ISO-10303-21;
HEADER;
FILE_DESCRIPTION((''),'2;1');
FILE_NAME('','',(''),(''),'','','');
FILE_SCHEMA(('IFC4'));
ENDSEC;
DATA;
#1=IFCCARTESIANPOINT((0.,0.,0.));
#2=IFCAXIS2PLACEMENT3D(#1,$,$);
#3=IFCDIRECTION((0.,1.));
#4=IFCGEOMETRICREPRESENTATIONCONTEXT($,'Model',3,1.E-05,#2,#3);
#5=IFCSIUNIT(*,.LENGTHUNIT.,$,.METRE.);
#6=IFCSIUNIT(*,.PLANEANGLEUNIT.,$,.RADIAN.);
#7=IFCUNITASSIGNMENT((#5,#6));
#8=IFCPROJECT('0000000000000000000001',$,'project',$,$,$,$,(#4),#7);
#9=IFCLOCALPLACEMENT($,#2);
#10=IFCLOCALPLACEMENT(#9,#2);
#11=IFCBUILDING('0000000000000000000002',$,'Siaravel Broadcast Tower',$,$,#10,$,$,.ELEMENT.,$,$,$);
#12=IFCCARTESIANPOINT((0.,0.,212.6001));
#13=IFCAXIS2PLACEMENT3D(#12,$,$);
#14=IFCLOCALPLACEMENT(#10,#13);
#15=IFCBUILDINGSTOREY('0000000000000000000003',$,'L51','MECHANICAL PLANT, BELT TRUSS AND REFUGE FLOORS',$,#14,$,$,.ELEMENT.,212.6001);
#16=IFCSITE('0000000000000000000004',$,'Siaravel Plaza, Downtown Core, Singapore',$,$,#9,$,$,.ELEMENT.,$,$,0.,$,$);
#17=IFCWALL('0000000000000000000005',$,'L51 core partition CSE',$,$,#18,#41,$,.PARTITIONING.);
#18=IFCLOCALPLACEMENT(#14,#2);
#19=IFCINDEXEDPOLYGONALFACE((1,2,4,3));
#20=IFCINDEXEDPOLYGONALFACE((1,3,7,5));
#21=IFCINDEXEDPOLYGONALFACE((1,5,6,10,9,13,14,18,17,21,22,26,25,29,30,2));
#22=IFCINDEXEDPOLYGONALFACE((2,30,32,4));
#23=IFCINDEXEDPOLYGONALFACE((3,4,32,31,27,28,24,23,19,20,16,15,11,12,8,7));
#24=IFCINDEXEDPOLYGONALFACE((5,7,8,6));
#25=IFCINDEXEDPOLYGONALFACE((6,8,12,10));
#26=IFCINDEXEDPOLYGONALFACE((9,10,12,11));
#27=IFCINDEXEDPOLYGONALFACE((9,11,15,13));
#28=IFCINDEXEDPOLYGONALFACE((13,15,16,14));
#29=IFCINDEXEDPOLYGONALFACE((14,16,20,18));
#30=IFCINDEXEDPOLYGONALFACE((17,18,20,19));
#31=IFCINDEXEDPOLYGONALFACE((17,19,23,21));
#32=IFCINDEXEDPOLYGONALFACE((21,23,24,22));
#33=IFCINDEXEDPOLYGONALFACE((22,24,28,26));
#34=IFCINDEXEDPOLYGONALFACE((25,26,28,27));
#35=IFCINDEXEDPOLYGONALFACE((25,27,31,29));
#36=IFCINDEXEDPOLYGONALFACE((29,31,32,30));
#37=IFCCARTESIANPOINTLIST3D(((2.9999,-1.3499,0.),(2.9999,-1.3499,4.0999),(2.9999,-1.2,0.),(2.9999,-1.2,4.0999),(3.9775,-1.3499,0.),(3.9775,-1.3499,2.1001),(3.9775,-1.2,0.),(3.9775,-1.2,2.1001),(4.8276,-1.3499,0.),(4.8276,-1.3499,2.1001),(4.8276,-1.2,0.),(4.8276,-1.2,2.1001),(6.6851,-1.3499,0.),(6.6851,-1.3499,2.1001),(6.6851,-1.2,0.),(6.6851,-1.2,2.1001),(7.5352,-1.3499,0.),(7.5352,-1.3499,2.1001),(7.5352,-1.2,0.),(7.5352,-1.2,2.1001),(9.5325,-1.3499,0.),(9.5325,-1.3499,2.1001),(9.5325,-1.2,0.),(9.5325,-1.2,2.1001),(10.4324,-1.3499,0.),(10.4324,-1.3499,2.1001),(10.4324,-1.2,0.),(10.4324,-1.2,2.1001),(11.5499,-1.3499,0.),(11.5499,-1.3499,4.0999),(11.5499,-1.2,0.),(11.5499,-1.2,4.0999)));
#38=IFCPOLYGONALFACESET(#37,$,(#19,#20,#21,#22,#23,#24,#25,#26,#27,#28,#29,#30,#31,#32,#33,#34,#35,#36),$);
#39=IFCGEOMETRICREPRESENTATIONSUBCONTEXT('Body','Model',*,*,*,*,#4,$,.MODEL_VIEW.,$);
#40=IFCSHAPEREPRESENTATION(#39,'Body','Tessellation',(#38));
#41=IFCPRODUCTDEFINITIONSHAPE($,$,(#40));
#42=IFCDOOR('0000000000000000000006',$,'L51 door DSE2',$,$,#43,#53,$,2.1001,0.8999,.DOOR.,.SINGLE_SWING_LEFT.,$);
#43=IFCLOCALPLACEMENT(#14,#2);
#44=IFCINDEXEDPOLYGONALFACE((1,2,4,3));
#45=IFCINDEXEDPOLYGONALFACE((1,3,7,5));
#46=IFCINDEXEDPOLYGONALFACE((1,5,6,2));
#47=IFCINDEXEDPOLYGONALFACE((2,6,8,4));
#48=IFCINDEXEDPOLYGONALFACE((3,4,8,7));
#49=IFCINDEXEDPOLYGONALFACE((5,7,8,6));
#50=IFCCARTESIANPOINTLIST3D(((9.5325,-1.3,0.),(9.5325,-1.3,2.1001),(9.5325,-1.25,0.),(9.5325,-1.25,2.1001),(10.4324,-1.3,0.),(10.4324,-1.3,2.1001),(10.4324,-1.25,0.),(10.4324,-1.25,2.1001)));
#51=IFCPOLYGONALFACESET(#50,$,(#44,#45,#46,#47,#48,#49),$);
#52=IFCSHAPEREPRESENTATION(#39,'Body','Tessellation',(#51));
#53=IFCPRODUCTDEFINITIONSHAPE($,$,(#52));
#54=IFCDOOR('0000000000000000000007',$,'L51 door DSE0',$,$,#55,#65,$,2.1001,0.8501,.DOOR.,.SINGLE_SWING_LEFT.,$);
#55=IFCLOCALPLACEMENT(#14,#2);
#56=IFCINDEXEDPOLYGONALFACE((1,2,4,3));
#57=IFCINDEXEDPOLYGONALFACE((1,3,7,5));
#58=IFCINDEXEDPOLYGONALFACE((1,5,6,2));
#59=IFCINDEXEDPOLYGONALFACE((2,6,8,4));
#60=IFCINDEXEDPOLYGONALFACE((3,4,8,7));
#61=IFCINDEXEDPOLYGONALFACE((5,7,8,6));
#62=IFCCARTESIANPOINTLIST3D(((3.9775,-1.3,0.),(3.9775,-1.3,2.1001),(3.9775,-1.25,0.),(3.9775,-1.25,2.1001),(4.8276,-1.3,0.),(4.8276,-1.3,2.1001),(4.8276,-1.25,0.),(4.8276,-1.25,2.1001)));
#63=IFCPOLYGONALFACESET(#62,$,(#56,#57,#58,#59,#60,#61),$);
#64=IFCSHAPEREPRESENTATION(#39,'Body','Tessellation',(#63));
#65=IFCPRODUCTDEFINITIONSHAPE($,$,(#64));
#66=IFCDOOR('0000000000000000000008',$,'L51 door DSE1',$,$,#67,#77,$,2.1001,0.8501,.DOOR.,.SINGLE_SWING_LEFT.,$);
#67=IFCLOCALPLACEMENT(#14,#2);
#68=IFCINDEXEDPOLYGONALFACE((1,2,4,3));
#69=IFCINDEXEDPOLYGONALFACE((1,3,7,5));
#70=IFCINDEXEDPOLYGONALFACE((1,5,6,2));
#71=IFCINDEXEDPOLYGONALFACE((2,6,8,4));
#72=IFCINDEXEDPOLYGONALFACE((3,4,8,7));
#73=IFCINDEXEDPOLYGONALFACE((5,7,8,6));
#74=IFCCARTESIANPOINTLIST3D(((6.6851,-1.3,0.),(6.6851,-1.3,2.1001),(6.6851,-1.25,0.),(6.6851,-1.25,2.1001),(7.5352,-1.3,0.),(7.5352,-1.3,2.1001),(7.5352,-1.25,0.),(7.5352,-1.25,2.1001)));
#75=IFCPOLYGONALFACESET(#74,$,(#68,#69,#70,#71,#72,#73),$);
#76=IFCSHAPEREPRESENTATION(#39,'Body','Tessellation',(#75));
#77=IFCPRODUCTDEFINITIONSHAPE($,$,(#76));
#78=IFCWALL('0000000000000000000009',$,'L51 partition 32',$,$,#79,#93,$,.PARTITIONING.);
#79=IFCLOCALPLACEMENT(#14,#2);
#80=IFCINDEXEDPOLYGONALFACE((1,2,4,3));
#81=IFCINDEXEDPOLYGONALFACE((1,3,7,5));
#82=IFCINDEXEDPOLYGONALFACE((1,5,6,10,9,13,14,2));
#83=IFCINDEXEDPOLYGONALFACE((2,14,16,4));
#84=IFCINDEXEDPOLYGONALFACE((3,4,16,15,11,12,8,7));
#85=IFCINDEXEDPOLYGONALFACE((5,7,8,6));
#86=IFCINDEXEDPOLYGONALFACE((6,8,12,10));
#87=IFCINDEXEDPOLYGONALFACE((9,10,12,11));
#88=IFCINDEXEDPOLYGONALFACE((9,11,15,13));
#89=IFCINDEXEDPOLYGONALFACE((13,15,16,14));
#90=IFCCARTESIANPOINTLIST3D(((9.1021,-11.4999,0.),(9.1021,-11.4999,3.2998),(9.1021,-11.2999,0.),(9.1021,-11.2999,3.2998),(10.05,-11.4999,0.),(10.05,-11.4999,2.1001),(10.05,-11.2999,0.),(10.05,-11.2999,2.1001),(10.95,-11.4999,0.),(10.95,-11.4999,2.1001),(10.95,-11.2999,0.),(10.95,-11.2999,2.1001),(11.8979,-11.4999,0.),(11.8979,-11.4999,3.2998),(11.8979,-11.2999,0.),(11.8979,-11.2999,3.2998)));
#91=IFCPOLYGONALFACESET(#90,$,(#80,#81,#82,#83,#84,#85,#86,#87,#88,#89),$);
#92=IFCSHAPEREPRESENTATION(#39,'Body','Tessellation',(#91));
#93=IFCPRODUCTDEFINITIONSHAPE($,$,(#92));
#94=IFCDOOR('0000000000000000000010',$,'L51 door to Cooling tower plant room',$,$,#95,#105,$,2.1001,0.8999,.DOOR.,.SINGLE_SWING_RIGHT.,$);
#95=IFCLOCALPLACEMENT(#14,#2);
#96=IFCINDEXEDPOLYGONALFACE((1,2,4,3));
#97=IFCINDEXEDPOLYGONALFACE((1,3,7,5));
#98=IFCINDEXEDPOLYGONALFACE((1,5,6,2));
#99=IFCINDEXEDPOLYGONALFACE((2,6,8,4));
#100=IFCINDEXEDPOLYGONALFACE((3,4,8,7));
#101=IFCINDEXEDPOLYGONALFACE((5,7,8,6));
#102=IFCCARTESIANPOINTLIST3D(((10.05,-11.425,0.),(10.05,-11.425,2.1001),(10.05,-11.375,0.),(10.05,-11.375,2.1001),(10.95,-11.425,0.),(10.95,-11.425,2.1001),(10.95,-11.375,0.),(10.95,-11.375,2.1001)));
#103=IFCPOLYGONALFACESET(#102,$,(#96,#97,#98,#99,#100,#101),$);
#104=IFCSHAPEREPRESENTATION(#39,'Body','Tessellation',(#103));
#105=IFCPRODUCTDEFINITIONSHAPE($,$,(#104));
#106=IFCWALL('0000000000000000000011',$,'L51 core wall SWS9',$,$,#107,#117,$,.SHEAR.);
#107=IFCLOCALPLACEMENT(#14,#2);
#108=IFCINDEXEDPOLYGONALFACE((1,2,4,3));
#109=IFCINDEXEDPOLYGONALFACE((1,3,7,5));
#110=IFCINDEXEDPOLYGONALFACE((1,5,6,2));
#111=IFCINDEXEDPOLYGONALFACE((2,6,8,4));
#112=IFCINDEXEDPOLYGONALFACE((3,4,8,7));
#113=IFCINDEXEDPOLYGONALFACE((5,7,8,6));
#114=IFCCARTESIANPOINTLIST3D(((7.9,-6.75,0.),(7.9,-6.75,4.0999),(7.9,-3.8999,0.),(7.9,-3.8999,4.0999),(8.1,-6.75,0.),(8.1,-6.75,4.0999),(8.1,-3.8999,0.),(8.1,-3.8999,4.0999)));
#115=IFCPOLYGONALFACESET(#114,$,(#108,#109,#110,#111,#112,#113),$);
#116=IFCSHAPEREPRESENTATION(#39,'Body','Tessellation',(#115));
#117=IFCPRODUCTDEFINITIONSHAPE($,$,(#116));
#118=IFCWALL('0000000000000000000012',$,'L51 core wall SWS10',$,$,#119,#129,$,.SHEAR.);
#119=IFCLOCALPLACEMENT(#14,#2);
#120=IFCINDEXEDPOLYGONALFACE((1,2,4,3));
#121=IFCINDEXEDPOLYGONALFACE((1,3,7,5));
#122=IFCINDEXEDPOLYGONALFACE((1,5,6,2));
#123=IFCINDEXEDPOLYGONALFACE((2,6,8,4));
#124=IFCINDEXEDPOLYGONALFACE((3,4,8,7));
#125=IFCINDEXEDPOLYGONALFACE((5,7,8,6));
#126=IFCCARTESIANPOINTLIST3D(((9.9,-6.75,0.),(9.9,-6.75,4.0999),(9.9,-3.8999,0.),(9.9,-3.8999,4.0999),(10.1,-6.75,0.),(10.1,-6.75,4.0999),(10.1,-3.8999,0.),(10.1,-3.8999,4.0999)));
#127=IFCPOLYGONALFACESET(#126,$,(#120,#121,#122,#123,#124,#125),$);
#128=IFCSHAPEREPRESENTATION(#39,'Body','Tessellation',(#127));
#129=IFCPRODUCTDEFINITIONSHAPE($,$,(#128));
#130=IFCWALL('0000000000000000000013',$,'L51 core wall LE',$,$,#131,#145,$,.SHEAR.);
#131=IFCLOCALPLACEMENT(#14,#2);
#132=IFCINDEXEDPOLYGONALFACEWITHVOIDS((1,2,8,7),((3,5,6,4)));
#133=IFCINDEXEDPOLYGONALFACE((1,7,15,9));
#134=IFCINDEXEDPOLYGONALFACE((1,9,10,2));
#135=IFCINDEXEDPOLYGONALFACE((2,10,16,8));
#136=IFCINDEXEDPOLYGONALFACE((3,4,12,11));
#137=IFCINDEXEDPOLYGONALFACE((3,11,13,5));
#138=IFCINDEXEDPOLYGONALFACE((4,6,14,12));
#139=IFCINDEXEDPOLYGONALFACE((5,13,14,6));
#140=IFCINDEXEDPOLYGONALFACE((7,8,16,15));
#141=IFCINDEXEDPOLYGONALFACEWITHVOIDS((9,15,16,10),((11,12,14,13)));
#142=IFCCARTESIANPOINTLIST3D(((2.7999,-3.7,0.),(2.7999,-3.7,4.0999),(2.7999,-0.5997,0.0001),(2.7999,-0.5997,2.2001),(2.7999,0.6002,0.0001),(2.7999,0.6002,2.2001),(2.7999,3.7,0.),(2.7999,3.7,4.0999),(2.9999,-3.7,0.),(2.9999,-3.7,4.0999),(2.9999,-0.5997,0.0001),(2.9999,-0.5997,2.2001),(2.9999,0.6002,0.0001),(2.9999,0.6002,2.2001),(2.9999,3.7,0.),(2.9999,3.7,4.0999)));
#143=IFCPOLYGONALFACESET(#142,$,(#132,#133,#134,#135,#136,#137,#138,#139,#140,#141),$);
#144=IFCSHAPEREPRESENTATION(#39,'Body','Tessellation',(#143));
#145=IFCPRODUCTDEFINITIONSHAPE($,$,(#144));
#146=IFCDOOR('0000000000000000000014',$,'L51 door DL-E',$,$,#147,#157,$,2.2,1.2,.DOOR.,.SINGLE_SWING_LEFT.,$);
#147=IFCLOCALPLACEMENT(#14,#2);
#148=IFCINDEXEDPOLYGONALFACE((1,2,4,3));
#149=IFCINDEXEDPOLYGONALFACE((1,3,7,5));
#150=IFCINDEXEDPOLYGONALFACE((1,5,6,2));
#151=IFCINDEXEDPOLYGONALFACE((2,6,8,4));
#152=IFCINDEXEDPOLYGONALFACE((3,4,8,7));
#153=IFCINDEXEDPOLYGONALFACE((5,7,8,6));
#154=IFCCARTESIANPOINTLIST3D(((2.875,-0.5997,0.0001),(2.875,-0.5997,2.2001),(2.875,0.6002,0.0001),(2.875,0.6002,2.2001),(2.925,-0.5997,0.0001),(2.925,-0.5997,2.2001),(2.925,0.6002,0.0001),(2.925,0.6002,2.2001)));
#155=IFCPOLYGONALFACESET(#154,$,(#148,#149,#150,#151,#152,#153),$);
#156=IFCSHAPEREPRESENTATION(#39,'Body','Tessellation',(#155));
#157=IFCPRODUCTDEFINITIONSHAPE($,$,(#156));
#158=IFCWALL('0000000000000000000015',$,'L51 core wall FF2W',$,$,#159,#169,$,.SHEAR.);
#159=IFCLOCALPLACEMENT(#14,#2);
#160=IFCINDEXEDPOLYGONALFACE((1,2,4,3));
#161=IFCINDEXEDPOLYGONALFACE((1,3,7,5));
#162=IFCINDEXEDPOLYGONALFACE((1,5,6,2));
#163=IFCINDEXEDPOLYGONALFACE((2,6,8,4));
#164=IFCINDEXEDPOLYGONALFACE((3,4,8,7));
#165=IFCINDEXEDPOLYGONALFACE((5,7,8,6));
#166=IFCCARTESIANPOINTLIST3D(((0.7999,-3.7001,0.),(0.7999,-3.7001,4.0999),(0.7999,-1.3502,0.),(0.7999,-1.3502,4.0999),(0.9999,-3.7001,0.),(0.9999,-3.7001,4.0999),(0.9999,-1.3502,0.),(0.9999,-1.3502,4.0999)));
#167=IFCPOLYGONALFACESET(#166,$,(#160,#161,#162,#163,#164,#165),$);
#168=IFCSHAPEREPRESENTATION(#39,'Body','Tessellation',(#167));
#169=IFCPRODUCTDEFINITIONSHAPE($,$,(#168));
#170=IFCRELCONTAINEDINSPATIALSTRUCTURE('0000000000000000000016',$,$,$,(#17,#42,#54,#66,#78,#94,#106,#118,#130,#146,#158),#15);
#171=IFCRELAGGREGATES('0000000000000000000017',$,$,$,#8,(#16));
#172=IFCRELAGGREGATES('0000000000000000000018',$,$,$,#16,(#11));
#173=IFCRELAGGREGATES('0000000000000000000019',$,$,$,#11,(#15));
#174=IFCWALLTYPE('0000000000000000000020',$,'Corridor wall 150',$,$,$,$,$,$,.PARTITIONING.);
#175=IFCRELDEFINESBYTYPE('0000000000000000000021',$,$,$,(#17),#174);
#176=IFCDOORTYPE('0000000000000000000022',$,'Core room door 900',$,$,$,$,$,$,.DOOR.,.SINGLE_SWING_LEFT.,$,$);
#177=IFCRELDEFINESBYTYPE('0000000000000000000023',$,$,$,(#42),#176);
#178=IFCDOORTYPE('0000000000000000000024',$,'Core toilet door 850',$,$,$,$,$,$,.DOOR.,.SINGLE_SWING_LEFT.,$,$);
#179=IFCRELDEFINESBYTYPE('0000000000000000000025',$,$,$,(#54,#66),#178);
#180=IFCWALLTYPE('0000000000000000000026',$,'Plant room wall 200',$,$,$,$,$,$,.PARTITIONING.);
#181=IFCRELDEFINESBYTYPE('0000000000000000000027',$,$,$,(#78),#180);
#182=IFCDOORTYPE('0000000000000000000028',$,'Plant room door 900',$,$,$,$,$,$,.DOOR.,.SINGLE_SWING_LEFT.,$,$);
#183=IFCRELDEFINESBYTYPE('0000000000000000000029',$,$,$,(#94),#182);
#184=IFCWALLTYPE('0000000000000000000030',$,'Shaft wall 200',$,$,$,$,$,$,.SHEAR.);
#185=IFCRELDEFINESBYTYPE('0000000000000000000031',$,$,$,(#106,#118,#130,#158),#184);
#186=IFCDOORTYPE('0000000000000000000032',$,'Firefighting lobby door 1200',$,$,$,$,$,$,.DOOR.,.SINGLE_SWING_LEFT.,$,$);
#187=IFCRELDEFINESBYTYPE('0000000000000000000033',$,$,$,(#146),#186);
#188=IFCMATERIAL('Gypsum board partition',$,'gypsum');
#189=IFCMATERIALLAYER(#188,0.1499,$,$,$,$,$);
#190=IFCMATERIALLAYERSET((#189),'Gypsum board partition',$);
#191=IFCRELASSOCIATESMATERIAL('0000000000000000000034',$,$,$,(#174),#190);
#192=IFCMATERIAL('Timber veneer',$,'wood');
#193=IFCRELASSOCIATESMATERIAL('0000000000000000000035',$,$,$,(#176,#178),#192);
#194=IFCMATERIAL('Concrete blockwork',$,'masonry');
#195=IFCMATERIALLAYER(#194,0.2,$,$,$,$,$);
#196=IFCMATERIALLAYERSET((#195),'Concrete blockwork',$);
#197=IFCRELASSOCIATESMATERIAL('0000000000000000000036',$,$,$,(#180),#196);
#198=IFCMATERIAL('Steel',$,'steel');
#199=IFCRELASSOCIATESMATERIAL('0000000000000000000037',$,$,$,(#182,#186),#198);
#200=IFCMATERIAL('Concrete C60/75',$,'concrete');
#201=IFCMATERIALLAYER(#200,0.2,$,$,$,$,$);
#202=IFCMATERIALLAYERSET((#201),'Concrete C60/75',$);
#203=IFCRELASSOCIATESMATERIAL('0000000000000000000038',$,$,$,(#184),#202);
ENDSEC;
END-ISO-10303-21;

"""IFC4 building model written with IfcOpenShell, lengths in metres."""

from ifc_helpers import new_model, si_unit, direction, frame, frame_2d, origin, place, context, subcontext, project, spatial, rectangle, extrude, material, layer, layer_set, type_object, element, fill, save


model = new_model("IFC4")

# Units and contexts
model_context = context("Model", 3, precision=1e-05, world=origin(), true_north=direction((0.0, 1.0)))
body_context = subcontext(model_context, "Body", "Model", "MODEL_VIEW")
ifc_project = project(units=[si_unit("LENGTHUNIT", "METRE"), si_unit("PLANEANGLEUNIT", "RADIAN")], contexts=[model_context])

# Site, building, storey
site_placement = place(None, origin())
site = spatial("IfcSite", under=ifc_project, at=site_placement, Name="Siaravel Plaza, Downtown Core, Singapore", CompositionType="ELEMENT", RefElevation=0.0)
building_placement = place(site_placement, origin())
building = spatial("IfcBuilding", under=site, at=building_placement, Name="Siaravel Broadcast Tower", CompositionType="ELEMENT")
storey_placement = place(building_placement, frame((0.0, 0.0, 212.6001)))
storey = spatial("IfcBuildingStorey", under=building, at=storey_placement, Name="L51", Description="MECHANICAL PLANT, BELT TRUSS AND REFUGE FLOORS", CompositionType="ELEMENT", Elevation=212.6001)

# Shared definitions
ifc_material_1 = material(Name="Concrete blockwork", Category="masonry")

# Shared definitions
ifc_material_2 = material(Name="Concrete C60/75", Category="concrete")
ifc_material_3 = material(Name="Steel", Category="steel")

# Wall, openings, doors
ifc_material_4 = material(Name="Gypsum board partition", Category="gypsum")
ifc_layer_1 = layer(ifc_material_4, 0.1499)
ifc_layer_set_1 = layer_set([ifc_layer_1], Name="Gypsum board partition")
wall_type_1 = type_object("IfcWallType", Name="Corridor wall 150", PredefinedType="PARTITIONING", material=ifc_layer_set_1)
wall_1_placement = place(storey_placement, frame((3.0, -1.2749, 0.0), z_axis=(0.0, 0.0, 1.0), x_axis=(1.0, 0.0, 0.0)))
wall_1 = element("IfcWall", 1, at=wall_1_placement, inside=storey, type_object=wall_type_1, Name="L51 core partition CSE", PredefinedType="PARTITIONING", context=body_context, shape_type="SweptSolid", body=[
    extrude(rectangle(XDim=8.55, YDim=0.1499, at=frame_2d((4.2749, 0.0))), origin(), (0.0, 0.0, 1.0), 4.0999),
])
opening_1_placement = place(wall_1_placement, frame((0.9775, 0.0, 0.0)))
opening_1 = element("IfcOpeningElement", 2, at=opening_1_placement, cuts=wall_1, PredefinedType="OPENING", context=body_context, shape_type="SweptSolid", body=[
    extrude(rectangle(XDim=0.8501, YDim=2.1001, at=frame_2d((0.425, 1.05))), frame((0.0, 0.085, 0.0), z_axis=(0.0, -1.0, 0.0), x_axis=(1.0, 0.0, 0.0)), (0.0, 0.0, 1.0), 0.1699),
])
opening_2_placement = place(wall_1_placement, frame((3.6851, 0.0, 0.0)))
opening_2 = element("IfcOpeningElement", 3, at=opening_2_placement, cuts=wall_1, PredefinedType="OPENING", context=body_context, shape_type="SweptSolid", body=[
    extrude(rectangle(XDim=0.8501, YDim=2.1001, at=frame_2d((0.425, 1.05))), frame((0.0, 0.085, 0.0), z_axis=(0.0, -1.0, 0.0), x_axis=(1.0, 0.0, 0.0)), (0.0, 0.0, 1.0), 0.1699),
])
opening_3_placement = place(wall_1_placement, frame((6.5325, 0.0, 0.0)))
opening_3 = element("IfcOpeningElement", 4, at=opening_3_placement, cuts=wall_1, PredefinedType="OPENING", context=body_context, shape_type="SweptSolid", body=[
    extrude(rectangle(XDim=0.8999, YDim=2.1001, at=frame_2d((0.45, 1.05))), frame((0.0, 0.085, 0.0), z_axis=(0.0, -1.0, 0.0), x_axis=(1.0, 0.0, 0.0)), (0.0, 0.0, 1.0), 0.1699),
])
ifc_material_5 = material(Name="Timber veneer", Category="wood")
door_type_1 = type_object("IfcDoorType", Name="Core room door 900", OperationType="SINGLE_SWING_LEFT", PredefinedType="DOOR", material=ifc_material_5)
door_1_placement = place(opening_3_placement, origin())
door_1 = element("IfcDoor", 5, at=door_1_placement, inside=storey, type_object=door_type_1, Name="L51 door DSE2", OperationType="SINGLE_SWING_LEFT", OverallHeight=2.1001, OverallWidth=0.8999, PredefinedType="DOOR", context=body_context, shape_type="SweptSolid", body=[
    extrude(rectangle(XDim=0.8999, YDim=2.1001, at=frame_2d((0.45, 1.05))), frame((0.0, 0.0249, 0.0), z_axis=(0.0, -1.0, 0.0), x_axis=(1.0, 0.0, 0.0)), (0.0, 0.0, 1.0), 0.05),
])
fill(opening_3, door_1)
door_type_2 = type_object("IfcDoorType", Name="Core toilet door 850", OperationType="SINGLE_SWING_LEFT", PredefinedType="DOOR", material=ifc_material_5)
door_2_placement = place(opening_1_placement, origin())
door_2 = element("IfcDoor", 6, at=door_2_placement, inside=storey, type_object=door_type_2, Name="L51 door DSE0", OperationType="SINGLE_SWING_LEFT", OverallHeight=2.1001, OverallWidth=0.8501, PredefinedType="DOOR", context=body_context, shape_type="SweptSolid", body=[
    extrude(rectangle(XDim=0.8501, YDim=2.1001, at=frame_2d((0.425, 1.05))), frame((0.0, 0.0249, 0.0), z_axis=(0.0, -1.0, 0.0), x_axis=(1.0, 0.0, 0.0)), (0.0, 0.0, 1.0), 0.05),
])
fill(opening_1, door_2)
door_3_placement = place(opening_2_placement, origin())
door_3 = element("IfcDoor", 7, at=door_3_placement, inside=storey, type_object=door_type_2, Name="L51 door DSE1", OperationType="SINGLE_SWING_LEFT", OverallHeight=2.1001, OverallWidth=0.8501, PredefinedType="DOOR", context=body_context, shape_type="SweptSolid", body=[
    extrude(rectangle(XDim=0.8501, YDim=2.1001, at=frame_2d((0.425, 1.05))), frame((0.0, 0.0249, 0.0), z_axis=(0.0, -1.0, 0.0), x_axis=(1.0, 0.0, 0.0)), (0.0, 0.0, 1.0), 0.05),
])
fill(opening_2, door_3)

# Wall, opening, door
ifc_layer_2 = layer(ifc_material_1, 0.2)
ifc_layer_set_2 = layer_set([ifc_layer_2], Name="Concrete blockwork")
wall_type_2 = type_object("IfcWallType", Name="Plant room wall 200", PredefinedType="PARTITIONING", material=ifc_layer_set_2)
wall_2_placement = place(storey_placement, frame((9.1021, -11.3999, 0.0), z_axis=(0.0, 0.0, 1.0), x_axis=(1.0, 0.0, 0.0)))
wall_2 = element("IfcWall", 8, at=wall_2_placement, inside=storey, type_object=wall_type_2, Name="L51 partition 32", PredefinedType="PARTITIONING", context=body_context, shape_type="SweptSolid", body=[
    extrude(rectangle(XDim=2.7959, YDim=0.2, at=frame_2d((1.3979, 0.0))), origin(), (0.0, 0.0, 1.0), 3.2998),
])
opening_4_placement = place(wall_2_placement, frame((0.948, 0.0, 0.0)))
opening_4 = element("IfcOpeningElement", 9, at=opening_4_placement, cuts=wall_2, PredefinedType="OPENING", context=body_context, shape_type="SweptSolid", body=[
    extrude(rectangle(XDim=0.8999, YDim=2.1001, at=frame_2d((0.45, 1.05))), frame((0.0, 0.1099, 0.0), z_axis=(0.0, -1.0, 0.0), x_axis=(1.0, 0.0, 0.0)), (0.0, 0.0, 1.0), 0.22),
])
door_type_3 = type_object("IfcDoorType", Name="Plant room door 900", OperationType="SINGLE_SWING_LEFT", PredefinedType="DOOR", material=ifc_material_3)
door_4_placement = place(opening_4_placement, origin())
door_4 = element("IfcDoor", 10, at=door_4_placement, inside=storey, type_object=door_type_3, Name="L51 door to Cooling tower plant room", OperationType="SINGLE_SWING_RIGHT", OverallHeight=2.1001, OverallWidth=0.8999, PredefinedType="DOOR", context=body_context, shape_type="SweptSolid", body=[
    extrude(rectangle(XDim=0.8999, YDim=2.1001, at=frame_2d((0.45, 1.05))), frame((0.0, 0.0249, 0.0), z_axis=(0.0, -1.0, 0.0), x_axis=(1.0, 0.0, 0.0)), (0.0, 0.0, 1.0), 0.05),
])
fill(opening_4, door_4)

# Walls
ifc_layer_3 = layer(ifc_material_2, 0.2)
ifc_layer_set_3 = layer_set([ifc_layer_3], Name="Concrete C60/75")
wall_type_3 = type_object("IfcWallType", Name="Shaft wall 200", PredefinedType="SHEAR", material=ifc_layer_set_3)
for number, where, z_axis, x_axis, name in (
    (11, (8.0, -6.75, 0.0), (0.0, 0.0, 1.0), (0.0, 1.0, 0.0), "L51 core wall SWS9"),
    (12, (10.0, -6.75, 0.0), (0.0, 0.0, 1.0), (0.0, 1.0, 0.0), "L51 core wall SWS10"),
):
    element("IfcWall", number, at=place(storey_placement, frame(where, z_axis=z_axis, x_axis=x_axis)), inside=storey, type_object=wall_type_3, Name=name, PredefinedType="SHEAR", context=body_context, shape_type="SweptSolid", body=[
        extrude(rectangle(XDim=2.8501, YDim=0.2, at=frame_2d((1.425, 0.0))), origin(), (0.0, 0.0, 1.0), 4.0999),
    ])

# Wall, opening, door
wall_3_placement = place(storey_placement, frame((2.8999, -3.7, 0.0), z_axis=(0.0, 0.0, 1.0), x_axis=(0.0, 1.0, 0.0)))
wall_3 = element("IfcWall", 13, at=wall_3_placement, inside=storey, type_object=wall_type_3, Name="L51 core wall LE", PredefinedType="SHEAR", context=body_context, shape_type="SweptSolid", body=[
    extrude(rectangle(XDim=7.3999, YDim=0.2, at=frame_2d((3.7, 0.0))), origin(), (0.0, 0.0, 1.0), 4.0999),
])
opening_5_placement = place(wall_3_placement, frame((3.1001, 0.0, 0.0)))
opening_5 = element("IfcOpeningElement", 14, at=opening_5_placement, cuts=wall_3, PredefinedType="OPENING", context=body_context, shape_type="SweptSolid", body=[
    extrude(rectangle(XDim=1.2, YDim=2.2, at=frame_2d((0.6001, 1.1001))), frame((0.0, 0.1099, 0.0), z_axis=(0.0, -1.0, 0.0), x_axis=(1.0, 0.0, 0.0)), (0.0, 0.0, 1.0), 0.22),
])
door_type_4 = type_object("IfcDoorType", Name="Firefighting lobby door 1200", OperationType="SINGLE_SWING_LEFT", PredefinedType="DOOR", material=ifc_material_3)
door_5_placement = place(opening_5_placement, origin())
door_5 = element("IfcDoor", 15, at=door_5_placement, inside=storey, type_object=door_type_4, Name="L51 door DL-E", OperationType="SINGLE_SWING_LEFT", OverallHeight=2.2, OverallWidth=1.2, PredefinedType="DOOR", context=body_context, shape_type="SweptSolid", body=[
    extrude(rectangle(XDim=1.2, YDim=2.2, at=frame_2d((0.6001, 1.1001))), frame((0.0, 0.0249, 0.0), z_axis=(0.0, -1.0, 0.0), x_axis=(1.0, 0.0, 0.0)), (0.0, 0.0, 1.0), 0.05),
])
fill(opening_5, door_5)

# Wall
wall_4_placement = place(storey_placement, frame((0.8999, -3.7, 0.0), z_axis=(0.0, 0.0, 1.0), x_axis=(0.0, 1.0, 0.0)))
element("IfcWall", 16, at=wall_4_placement, inside=storey, type_object=wall_type_3, Name="L51 core wall FF2W", PredefinedType="SHEAR", context=body_context, shape_type="SweptSolid", body=[
    extrude(rectangle(XDim=2.3499, YDim=0.2, at=frame_2d((1.1748, 0.0))), origin(), (0.0, 0.0, 1.0), 4.0999),
])

save(model, "model.ifc")
